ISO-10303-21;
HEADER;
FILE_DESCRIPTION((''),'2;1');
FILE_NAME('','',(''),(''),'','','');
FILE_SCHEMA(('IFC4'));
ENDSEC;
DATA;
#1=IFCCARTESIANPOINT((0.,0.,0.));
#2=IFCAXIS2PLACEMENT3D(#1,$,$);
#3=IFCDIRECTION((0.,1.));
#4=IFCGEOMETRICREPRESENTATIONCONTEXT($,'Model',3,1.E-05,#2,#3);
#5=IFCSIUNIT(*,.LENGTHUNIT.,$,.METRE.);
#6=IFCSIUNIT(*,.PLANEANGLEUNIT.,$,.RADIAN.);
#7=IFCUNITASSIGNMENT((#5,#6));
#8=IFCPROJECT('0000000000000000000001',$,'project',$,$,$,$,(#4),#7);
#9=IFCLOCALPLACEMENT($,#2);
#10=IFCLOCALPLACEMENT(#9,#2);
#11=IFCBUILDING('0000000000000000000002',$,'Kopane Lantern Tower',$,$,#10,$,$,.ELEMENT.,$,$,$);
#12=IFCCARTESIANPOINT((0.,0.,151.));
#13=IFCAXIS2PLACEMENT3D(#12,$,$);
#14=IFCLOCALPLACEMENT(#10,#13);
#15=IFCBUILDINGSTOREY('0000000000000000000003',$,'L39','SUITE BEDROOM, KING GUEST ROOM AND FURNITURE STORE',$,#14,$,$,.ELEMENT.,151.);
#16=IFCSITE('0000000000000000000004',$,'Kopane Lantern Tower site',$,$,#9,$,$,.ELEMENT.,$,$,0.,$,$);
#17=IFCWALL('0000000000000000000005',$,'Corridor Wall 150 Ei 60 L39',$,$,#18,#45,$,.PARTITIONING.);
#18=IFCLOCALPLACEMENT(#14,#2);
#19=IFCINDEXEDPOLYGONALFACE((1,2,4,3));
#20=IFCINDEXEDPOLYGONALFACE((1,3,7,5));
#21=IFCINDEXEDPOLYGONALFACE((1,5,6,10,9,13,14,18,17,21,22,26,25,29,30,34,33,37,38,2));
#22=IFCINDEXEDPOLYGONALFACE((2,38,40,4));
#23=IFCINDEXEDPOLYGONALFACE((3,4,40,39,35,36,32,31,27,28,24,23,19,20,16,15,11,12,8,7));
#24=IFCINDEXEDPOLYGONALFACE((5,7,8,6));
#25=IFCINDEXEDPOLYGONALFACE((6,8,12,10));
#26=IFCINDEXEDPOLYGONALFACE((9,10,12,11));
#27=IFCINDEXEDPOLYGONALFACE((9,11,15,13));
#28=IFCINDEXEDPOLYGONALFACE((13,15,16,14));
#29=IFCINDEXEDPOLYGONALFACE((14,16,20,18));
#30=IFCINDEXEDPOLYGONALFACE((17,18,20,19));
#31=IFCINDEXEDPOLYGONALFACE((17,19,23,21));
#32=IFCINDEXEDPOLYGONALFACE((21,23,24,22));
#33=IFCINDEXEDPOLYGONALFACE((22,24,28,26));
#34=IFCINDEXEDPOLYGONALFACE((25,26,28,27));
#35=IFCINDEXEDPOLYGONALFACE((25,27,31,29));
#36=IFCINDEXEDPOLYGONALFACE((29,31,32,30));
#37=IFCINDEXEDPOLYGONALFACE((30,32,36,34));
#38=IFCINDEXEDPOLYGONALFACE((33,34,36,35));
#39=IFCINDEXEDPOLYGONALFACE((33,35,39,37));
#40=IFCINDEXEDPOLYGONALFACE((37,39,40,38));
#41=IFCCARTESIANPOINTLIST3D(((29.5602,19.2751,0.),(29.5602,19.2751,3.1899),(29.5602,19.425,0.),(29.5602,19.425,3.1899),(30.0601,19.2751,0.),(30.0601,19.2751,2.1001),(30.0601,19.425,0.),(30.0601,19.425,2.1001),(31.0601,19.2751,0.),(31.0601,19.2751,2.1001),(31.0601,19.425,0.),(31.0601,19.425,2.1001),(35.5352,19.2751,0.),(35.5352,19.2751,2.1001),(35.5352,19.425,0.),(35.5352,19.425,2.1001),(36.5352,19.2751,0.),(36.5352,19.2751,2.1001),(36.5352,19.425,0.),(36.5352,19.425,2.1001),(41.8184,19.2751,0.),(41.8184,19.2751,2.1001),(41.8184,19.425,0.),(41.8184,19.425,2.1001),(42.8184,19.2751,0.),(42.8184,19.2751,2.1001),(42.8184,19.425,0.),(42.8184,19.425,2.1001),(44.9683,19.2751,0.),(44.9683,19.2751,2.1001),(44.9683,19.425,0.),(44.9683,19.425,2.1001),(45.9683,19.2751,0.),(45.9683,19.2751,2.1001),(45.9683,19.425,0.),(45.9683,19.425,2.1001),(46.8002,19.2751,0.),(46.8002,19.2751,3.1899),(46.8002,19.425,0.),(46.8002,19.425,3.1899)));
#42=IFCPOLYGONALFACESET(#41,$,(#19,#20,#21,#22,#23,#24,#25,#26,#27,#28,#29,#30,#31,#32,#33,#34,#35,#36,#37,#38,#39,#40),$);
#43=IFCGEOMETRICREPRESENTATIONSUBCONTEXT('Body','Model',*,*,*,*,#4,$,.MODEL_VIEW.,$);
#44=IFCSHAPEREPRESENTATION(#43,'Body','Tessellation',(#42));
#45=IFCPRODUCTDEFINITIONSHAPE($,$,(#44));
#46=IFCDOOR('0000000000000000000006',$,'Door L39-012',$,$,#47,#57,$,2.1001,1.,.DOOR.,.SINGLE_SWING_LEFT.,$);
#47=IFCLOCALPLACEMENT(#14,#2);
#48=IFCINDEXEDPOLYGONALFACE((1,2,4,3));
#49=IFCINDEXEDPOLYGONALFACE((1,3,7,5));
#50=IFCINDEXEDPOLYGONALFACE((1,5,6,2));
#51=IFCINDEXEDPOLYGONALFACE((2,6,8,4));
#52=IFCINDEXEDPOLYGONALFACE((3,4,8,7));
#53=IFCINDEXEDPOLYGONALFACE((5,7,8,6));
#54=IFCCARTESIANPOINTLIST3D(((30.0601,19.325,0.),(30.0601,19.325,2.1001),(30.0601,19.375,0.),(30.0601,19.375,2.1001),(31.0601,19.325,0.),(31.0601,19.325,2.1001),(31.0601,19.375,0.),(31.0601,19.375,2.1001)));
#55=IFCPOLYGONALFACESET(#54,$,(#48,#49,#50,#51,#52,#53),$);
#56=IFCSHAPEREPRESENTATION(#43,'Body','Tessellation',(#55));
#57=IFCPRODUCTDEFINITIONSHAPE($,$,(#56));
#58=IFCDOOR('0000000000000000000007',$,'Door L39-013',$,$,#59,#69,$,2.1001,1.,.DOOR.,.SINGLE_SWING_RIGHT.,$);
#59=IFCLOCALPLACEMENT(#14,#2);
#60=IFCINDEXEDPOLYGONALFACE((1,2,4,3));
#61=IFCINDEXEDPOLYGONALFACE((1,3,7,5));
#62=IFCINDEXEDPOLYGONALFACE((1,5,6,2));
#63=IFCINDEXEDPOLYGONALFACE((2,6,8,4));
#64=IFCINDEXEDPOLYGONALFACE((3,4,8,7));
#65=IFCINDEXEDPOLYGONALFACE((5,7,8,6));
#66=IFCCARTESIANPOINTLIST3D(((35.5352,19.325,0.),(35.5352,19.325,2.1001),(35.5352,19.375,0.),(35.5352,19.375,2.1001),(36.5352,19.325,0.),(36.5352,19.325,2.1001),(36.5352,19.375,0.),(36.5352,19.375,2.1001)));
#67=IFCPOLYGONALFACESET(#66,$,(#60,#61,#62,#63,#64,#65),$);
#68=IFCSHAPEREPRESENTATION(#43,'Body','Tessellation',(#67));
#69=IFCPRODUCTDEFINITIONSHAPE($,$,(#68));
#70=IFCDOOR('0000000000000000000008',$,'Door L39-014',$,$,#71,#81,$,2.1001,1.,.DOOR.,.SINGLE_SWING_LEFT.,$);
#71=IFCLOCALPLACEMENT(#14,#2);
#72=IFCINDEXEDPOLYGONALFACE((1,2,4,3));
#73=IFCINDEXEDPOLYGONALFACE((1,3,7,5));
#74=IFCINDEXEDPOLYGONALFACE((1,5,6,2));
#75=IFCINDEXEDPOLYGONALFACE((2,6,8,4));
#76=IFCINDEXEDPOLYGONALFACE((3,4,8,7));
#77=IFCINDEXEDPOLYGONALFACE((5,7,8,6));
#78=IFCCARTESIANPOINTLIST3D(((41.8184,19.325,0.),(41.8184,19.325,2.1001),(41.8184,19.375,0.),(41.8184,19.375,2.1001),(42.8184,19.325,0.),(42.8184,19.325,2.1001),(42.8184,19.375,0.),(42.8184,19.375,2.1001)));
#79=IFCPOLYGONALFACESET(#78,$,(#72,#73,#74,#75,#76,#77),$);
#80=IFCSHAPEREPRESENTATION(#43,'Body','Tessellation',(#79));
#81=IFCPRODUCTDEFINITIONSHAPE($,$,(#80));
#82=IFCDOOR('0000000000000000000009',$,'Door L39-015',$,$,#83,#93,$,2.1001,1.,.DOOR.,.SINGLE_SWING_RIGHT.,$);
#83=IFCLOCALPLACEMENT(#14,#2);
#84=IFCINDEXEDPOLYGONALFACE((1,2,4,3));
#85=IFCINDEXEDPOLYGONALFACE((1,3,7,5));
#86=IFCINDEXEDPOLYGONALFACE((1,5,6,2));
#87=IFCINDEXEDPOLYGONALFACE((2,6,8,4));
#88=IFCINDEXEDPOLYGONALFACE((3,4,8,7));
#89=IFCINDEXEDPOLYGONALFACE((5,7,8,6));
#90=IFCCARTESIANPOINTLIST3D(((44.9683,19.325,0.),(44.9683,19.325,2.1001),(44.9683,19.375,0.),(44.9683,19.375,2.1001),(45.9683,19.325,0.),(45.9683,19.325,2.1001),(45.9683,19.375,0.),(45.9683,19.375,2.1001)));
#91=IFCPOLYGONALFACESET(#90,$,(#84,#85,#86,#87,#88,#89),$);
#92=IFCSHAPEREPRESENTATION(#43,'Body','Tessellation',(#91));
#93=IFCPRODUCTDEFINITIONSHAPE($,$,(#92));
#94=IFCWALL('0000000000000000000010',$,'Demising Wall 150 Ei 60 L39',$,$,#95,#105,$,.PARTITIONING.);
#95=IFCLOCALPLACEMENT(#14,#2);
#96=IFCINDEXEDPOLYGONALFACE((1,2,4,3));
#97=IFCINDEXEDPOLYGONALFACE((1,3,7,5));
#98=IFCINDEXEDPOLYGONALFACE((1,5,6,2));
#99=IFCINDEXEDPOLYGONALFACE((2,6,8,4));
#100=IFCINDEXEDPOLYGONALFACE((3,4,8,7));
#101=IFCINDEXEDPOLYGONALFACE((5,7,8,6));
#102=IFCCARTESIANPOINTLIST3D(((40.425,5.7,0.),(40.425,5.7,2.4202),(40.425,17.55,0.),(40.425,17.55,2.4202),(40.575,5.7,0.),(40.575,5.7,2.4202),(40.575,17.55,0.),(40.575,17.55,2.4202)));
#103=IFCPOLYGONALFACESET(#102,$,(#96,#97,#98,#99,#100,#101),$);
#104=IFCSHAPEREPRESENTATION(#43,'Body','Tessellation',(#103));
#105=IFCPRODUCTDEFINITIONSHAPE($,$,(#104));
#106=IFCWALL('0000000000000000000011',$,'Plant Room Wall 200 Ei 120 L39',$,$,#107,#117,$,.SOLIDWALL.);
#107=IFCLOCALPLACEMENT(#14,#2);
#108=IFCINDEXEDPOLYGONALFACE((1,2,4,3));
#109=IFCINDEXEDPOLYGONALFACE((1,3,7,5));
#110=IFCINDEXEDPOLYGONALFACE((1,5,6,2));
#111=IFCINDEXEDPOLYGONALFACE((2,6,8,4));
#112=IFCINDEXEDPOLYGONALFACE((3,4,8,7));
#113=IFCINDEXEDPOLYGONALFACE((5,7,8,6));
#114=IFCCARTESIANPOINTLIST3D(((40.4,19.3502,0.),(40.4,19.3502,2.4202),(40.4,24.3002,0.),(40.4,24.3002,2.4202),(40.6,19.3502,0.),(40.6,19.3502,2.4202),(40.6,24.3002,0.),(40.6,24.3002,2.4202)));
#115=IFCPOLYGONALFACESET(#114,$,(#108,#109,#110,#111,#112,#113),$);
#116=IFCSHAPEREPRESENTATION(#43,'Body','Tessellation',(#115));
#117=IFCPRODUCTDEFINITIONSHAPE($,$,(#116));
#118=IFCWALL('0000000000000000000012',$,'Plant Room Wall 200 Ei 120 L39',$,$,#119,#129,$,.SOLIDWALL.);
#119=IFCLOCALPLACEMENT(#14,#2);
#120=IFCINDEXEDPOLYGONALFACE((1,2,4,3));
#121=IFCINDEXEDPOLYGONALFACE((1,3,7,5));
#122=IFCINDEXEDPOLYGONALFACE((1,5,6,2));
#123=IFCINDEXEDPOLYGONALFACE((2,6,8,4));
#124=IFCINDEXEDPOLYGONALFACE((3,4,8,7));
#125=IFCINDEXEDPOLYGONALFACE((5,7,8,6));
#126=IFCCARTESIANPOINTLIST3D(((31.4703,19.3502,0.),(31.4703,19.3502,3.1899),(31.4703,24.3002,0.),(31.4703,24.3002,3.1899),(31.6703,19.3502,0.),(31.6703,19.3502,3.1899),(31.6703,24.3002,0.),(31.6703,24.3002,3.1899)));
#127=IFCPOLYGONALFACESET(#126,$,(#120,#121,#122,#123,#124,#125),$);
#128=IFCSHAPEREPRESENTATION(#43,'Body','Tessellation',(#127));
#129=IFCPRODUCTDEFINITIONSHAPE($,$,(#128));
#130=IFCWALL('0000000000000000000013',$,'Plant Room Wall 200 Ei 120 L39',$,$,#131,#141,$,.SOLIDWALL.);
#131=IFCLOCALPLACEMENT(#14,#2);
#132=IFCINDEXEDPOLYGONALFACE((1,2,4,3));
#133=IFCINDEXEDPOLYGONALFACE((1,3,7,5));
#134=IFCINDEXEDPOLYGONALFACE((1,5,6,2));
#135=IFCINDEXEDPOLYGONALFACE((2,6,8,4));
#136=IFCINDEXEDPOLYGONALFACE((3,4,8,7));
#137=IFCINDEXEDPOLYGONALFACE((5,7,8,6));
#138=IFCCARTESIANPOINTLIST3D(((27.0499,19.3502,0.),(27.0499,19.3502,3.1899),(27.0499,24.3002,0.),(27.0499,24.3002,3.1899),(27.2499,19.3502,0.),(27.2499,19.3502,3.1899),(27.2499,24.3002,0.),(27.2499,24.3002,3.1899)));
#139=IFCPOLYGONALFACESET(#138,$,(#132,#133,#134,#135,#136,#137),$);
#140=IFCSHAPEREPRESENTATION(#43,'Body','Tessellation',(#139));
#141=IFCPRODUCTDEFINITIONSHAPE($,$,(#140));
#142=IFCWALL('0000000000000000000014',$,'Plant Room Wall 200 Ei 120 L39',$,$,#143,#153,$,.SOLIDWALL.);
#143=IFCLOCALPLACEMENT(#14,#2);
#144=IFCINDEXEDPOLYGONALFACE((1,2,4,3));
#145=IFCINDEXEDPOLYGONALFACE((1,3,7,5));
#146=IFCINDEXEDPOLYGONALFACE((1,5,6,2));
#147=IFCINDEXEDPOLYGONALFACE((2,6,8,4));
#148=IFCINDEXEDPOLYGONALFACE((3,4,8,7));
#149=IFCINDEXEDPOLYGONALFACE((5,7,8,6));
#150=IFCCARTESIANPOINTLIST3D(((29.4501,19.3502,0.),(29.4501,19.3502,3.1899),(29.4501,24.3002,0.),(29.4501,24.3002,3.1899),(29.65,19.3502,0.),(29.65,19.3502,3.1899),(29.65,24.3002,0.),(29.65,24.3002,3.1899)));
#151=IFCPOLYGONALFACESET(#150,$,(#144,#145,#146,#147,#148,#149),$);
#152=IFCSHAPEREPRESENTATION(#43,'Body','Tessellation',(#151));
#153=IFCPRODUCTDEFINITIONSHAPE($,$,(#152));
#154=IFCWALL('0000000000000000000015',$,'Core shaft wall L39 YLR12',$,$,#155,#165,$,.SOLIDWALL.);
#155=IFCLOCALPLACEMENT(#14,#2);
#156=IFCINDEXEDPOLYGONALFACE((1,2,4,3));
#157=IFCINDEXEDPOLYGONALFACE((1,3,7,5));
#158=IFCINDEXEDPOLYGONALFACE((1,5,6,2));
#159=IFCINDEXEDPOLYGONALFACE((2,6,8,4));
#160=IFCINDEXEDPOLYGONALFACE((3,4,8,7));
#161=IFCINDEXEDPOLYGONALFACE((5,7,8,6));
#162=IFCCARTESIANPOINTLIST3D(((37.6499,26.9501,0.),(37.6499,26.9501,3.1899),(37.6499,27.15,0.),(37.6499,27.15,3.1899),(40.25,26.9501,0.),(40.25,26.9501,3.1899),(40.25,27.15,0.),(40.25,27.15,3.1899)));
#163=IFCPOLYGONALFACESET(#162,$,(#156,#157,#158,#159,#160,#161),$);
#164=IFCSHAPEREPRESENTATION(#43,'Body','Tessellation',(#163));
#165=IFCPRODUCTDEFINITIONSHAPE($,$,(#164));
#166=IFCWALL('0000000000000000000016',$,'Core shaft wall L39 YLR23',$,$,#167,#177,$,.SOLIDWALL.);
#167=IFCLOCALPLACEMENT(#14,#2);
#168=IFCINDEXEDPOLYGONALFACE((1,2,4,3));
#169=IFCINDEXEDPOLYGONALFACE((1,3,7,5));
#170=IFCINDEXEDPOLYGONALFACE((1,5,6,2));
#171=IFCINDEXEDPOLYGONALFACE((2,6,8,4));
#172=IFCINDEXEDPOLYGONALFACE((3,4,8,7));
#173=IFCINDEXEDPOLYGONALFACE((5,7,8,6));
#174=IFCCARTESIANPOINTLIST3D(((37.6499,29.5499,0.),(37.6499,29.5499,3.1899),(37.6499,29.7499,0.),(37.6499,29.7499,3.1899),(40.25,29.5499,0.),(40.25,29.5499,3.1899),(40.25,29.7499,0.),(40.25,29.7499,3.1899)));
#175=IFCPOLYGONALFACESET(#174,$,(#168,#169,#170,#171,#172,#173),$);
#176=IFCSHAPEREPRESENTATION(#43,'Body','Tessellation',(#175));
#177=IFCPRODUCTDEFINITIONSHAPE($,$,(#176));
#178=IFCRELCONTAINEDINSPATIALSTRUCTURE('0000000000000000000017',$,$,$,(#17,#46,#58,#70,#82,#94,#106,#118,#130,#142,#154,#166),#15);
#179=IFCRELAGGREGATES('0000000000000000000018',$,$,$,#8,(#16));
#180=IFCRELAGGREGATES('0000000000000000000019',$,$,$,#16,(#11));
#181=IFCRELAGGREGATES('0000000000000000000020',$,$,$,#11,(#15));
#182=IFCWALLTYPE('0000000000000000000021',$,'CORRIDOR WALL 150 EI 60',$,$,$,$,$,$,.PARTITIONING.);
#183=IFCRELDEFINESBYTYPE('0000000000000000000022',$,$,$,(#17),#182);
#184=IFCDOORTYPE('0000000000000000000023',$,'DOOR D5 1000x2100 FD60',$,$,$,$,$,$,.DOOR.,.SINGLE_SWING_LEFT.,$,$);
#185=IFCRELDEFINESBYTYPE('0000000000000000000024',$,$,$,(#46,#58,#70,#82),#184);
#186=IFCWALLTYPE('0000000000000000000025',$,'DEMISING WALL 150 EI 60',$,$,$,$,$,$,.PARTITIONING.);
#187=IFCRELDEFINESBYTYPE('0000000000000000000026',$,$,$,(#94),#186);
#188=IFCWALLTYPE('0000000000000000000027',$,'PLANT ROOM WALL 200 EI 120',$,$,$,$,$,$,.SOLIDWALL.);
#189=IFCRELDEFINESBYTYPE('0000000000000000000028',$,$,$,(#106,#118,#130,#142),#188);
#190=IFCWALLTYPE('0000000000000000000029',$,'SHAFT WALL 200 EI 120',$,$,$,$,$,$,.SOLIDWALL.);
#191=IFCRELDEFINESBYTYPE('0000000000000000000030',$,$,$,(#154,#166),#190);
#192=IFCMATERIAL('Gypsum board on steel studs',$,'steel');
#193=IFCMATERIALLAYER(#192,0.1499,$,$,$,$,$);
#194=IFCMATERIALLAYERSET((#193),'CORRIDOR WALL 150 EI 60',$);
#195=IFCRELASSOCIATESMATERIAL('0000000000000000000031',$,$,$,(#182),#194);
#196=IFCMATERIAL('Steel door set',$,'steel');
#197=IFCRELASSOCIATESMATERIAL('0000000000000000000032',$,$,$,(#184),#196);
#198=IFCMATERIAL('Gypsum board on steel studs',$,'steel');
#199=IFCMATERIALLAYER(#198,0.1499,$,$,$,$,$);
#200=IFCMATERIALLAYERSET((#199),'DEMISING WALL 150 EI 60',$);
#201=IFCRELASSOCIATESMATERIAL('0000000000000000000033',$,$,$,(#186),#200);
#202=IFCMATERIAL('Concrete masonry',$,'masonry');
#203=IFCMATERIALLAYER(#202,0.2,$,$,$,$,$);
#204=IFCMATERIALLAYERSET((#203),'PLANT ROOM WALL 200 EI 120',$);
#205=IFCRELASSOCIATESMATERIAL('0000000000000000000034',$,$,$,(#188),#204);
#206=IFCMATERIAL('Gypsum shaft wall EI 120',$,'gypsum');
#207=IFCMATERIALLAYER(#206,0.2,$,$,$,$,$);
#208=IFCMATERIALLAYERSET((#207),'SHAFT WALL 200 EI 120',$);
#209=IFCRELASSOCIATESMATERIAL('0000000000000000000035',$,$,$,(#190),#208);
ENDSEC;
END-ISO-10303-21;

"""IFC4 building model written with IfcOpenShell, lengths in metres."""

from ifc_helpers import new_model, si_unit, direction, frame, frame_2d, origin, place, context, subcontext, project, spatial, rectangle, extrude, material, layer, layer_set, type_object, element, fill, save


model = new_model("IFC4")

# Units and contexts
model_context = context("Model", 3, precision=1e-05, world=origin(), true_north=direction((0.0, 1.0)))
body_context = subcontext(model_context, "Body", "Model", "MODEL_VIEW")
ifc_project = project(units=[si_unit("LENGTHUNIT", "METRE"), si_unit("PLANEANGLEUNIT", "RADIAN")], contexts=[model_context])

# Site, building, storey
site_placement = place(None, origin())
site = spatial("IfcSite", under=ifc_project, at=site_placement, Name="Kopane Lantern Tower site", CompositionType="ELEMENT", RefElevation=0.0)
building_placement = place(site_placement, origin())
building = spatial("IfcBuilding", under=site, at=building_placement, Name="Kopane Lantern Tower", CompositionType="ELEMENT")
storey_placement = place(building_placement, frame((0.0, 0.0, 151.0)))
storey = spatial("IfcBuildingStorey", under=building, at=storey_placement, Name="L39", Description="SUITE BEDROOM, KING GUEST ROOM AND FURNITURE STORE", CompositionType="ELEMENT", Elevation=151.0)

# Wall, openings, doors
ifc_material_1 = material(Name="Gypsum board on steel studs", Category="steel")
ifc_layer_1 = layer(ifc_material_1, 0.1499)
ifc_layer_set_1 = layer_set([ifc_layer_1], Name="CORRIDOR WALL 150 EI 60")
wall_type_1 = type_object("IfcWallType", Name="CORRIDOR WALL 150 EI 60", PredefinedType="PARTITIONING", material=ifc_layer_set_1)
wall_1_placement = place(storey_placement, frame((29.5601, 19.3501, 0.0), z_axis=(0.0, 0.0, 1.0), x_axis=(1.0, 0.0, 0.0)))
wall_1 = element("IfcWall", 1, at=wall_1_placement, inside=storey, type_object=wall_type_1, Name="Corridor Wall 150 Ei 60 L39", PredefinedType="PARTITIONING", context=body_context, shape_type="SweptSolid", body=[
    extrude(rectangle(XDim=17.24, YDim=0.1499, at=frame_2d((8.6201, 0.0))), origin(), (0.0, 0.0, 1.0), 3.1899),
])
opening_1_placement = place(wall_1_placement, frame((0.5, 0.0, 0.0)))
opening_1 = element("IfcOpeningElement", 2, at=opening_1_placement, cuts=wall_1, PredefinedType="OPENING", context=body_context, shape_type="SweptSolid", body=[
    extrude(rectangle(XDim=1.0, YDim=2.1001, at=frame_2d((0.5, 1.05))), frame((0.0, 0.085, 0.0), z_axis=(0.0, -1.0, 0.0), x_axis=(1.0, 0.0, 0.0)), (0.0, 0.0, 1.0), 0.1699),
])
opening_2_placement = place(wall_1_placement, frame((5.9751, 0.0, 0.0)))
opening_2 = element("IfcOpeningElement", 3, at=opening_2_placement, cuts=wall_1, PredefinedType="OPENING", context=body_context, shape_type="SweptSolid", body=[
    extrude(rectangle(XDim=1.0, YDim=2.1001, at=frame_2d((0.5, 1.05))), frame((0.0, 0.085, 0.0), z_axis=(0.0, -1.0, 0.0), x_axis=(1.0, 0.0, 0.0)), (0.0, 0.0, 1.0), 0.1699),
])
opening_3_placement = place(wall_1_placement, frame((12.2583, 0.0, 0.0)))
opening_3 = element("IfcOpeningElement", 4, at=opening_3_placement, cuts=wall_1, PredefinedType="OPENING", context=body_context, shape_type="SweptSolid", body=[
    extrude(rectangle(XDim=1.0, YDim=2.1001, at=frame_2d((0.5, 1.05))), frame((0.0, 0.085, 0.0), z_axis=(0.0, -1.0, 0.0), x_axis=(1.0, 0.0, 0.0)), (0.0, 0.0, 1.0), 0.1699),
])
opening_4_placement = place(wall_1_placement, frame((15.4082, 0.0, 0.0)))
opening_4 = element("IfcOpeningElement", 5, at=opening_4_placement, cuts=wall_1, PredefinedType="OPENING", context=body_context, shape_type="SweptSolid", body=[
    extrude(rectangle(XDim=1.0, YDim=2.1001, at=frame_2d((0.5, 1.05))), frame((0.0, 0.085, 0.0), z_axis=(0.0, -1.0, 0.0), x_axis=(1.0, 0.0, 0.0)), (0.0, 0.0, 1.0), 0.1699),
])
ifc_material_2 = material(Name="Steel door set", Category="steel")
door_type_1 = type_object("IfcDoorType", Name="DOOR D5 1000x2100 FD60", OperationType="SINGLE_SWING_LEFT", PredefinedType="DOOR", material=ifc_material_2)
door_1_placement = place(opening_1_placement, origin())
door_1 = element("IfcDoor", 6, at=door_1_placement, inside=storey, type_object=door_type_1, Name="Door L39-012", OperationType="SINGLE_SWING_LEFT", OverallHeight=2.1001, OverallWidth=1.0, PredefinedType="DOOR", context=body_context, shape_type="SweptSolid", body=[
    extrude(rectangle(XDim=1.0, YDim=2.1001, at=frame_2d((0.5, 1.05))), frame((0.0, 0.0249, 0.0), z_axis=(0.0, -1.0, 0.0), x_axis=(1.0, 0.0, 0.0)), (0.0, 0.0, 1.0), 0.05),
])
fill(opening_1, door_1)
door_2_placement = place(opening_2_placement, origin())
door_2 = element("IfcDoor", 7, at=door_2_placement, inside=storey, type_object=door_type_1, Name="Door L39-013", OperationType="SINGLE_SWING_RIGHT", OverallHeight=2.1001, OverallWidth=1.0, PredefinedType="DOOR", context=body_context, shape_type="SweptSolid", body=[
    extrude(rectangle(XDim=1.0, YDim=2.1001, at=frame_2d((0.5, 1.05))), frame((0.0, 0.0249, 0.0), z_axis=(0.0, -1.0, 0.0), x_axis=(1.0, 0.0, 0.0)), (0.0, 0.0, 1.0), 0.05),
])
fill(opening_2, door_2)
door_3_placement = place(opening_3_placement, origin())
door_3 = element("IfcDoor", 8, at=door_3_placement, inside=storey, type_object=door_type_1, Name="Door L39-014", OperationType="SINGLE_SWING_LEFT", OverallHeight=2.1001, OverallWidth=1.0, PredefinedType="DOOR", context=body_context, shape_type="SweptSolid", body=[
    extrude(rectangle(XDim=1.0, YDim=2.1001, at=frame_2d((0.5, 1.05))), frame((0.0, 0.0249, 0.0), z_axis=(0.0, -1.0, 0.0), x_axis=(1.0, 0.0, 0.0)), (0.0, 0.0, 1.0), 0.05),
])
fill(opening_3, door_3)
door_4_placement = place(opening_4_placement, origin())
door_4 = element("IfcDoor", 9, at=door_4_placement, inside=storey, type_object=door_type_1, Name="Door L39-015", OperationType="SINGLE_SWING_RIGHT", OverallHeight=2.1001, OverallWidth=1.0, PredefinedType="DOOR", context=body_context, shape_type="SweptSolid", body=[
    extrude(rectangle(XDim=1.0, YDim=2.1001, at=frame_2d((0.5, 1.05))), frame((0.0, 0.0249, 0.0), z_axis=(0.0, -1.0, 0.0), x_axis=(1.0, 0.0, 0.0)), (0.0, 0.0, 1.0), 0.05),
])
fill(opening_4, door_4)

# Walls
ifc_material_3 = material(Name="Gypsum board on steel studs", Category="steel")
ifc_layer_2 = layer(ifc_material_3, 0.1499)
ifc_layer_set_2 = layer_set([ifc_layer_2], Name="DEMISING WALL 150 EI 60")
wall_type_2 = type_object("IfcWallType", Name="DEMISING WALL 150 EI 60", PredefinedType="PARTITIONING", material=ifc_layer_set_2)
wall_2_placement = place(storey_placement, frame((40.5, 17.55, 0.0), z_axis=(0.0, 0.0, 1.0), x_axis=(0.0, -1.0, 0.0)))
element("IfcWall", 10, at=wall_2_placement, inside=storey, type_object=wall_type_2, Name="Demising Wall 150 Ei 60 L39", PredefinedType="PARTITIONING", context=body_context, shape_type="SweptSolid", body=[
    extrude(rectangle(XDim=11.8501, YDim=0.1499, at=frame_2d((5.925, 0.0))), origin(), (0.0, 0.0, 1.0), 2.4202),
])
ifc_material_4 = material(Name="Concrete masonry", Category="masonry")
ifc_layer_3 = layer(ifc_material_4, 0.2)
ifc_layer_set_3 = layer_set([ifc_layer_3], Name="PLANT ROOM WALL 200 EI 120")
wall_type_3 = type_object("IfcWallType", Name="PLANT ROOM WALL 200 EI 120", PredefinedType="SOLIDWALL", material=ifc_layer_set_3)
wall_3_placement = place(storey_placement, frame((40.5, 19.3501, 0.0), z_axis=(0.0, 0.0, 1.0), x_axis=(0.0, 1.0, 0.0)))
element("IfcWall", 11, at=wall_3_placement, inside=storey, type_object=wall_type_3, Name="Plant Room Wall 200 Ei 120 L39", PredefinedType="SOLIDWALL", context=body_context, shape_type="SweptSolid", body=[
    extrude(rectangle(XDim=4.95, YDim=0.2, at=frame_2d((2.4751, 0.0))), origin(), (0.0, 0.0, 1.0), 2.4202),
])
for number, where, z_axis, x_axis, name in (
    (12, (31.5703, 19.3501, 0.0), (0.0, 0.0, 1.0), (0.0, 1.0, 0.0), "Plant Room Wall 200 Ei 120 L39"),
    (13, (27.1499, 19.3501, 0.0), (0.0, 0.0, 1.0), (0.0, 1.0, 0.0), "Plant Room Wall 200 Ei 120 L39"),
    (14, (29.55, 19.3501, 0.0), (0.0, 0.0, 1.0), (0.0, 1.0, 0.0), "Plant Room Wall 200 Ei 120 L39"),
):
    element("IfcWall", number, at=place(storey_placement, frame(where, z_axis=z_axis, x_axis=x_axis)), inside=storey, type_object=wall_type_3, Name=name, PredefinedType="SOLIDWALL", context=body_context, shape_type="SweptSolid", body=[
        extrude(rectangle(XDim=4.95, YDim=0.2, at=frame_2d((2.4751, 0.0))), origin(), (0.0, 0.0, 1.0), 3.1899),
    ])
ifc_material_5 = material(Name="Gypsum shaft wall EI 120", Category="gypsum")
ifc_layer_4 = layer(ifc_material_5, 0.2)
ifc_layer_set_4 = layer_set([ifc_layer_4], Name="SHAFT WALL 200 EI 120")
wall_type_4 = type_object("IfcWallType", Name="SHAFT WALL 200 EI 120", PredefinedType="SOLIDWALL", material=ifc_layer_set_4)
for number, where, z_axis, x_axis, name in (
    (15, (37.6499, 27.05, 0.0), (0.0, 0.0, 1.0), (1.0, 0.0, 0.0), "Core shaft wall L39 YLR12"),
    (16, (37.6499, 29.6499, 0.0), (0.0, 0.0, 1.0), (1.0, 0.0, 0.0), "Core shaft wall L39 YLR23"),
):
    element("IfcWall", number, at=place(storey_placement, frame(where, z_axis=z_axis, x_axis=x_axis)), inside=storey, type_object=wall_type_4, Name=name, PredefinedType="SOLIDWALL", context=body_context, shape_type="SweptSolid", body=[
        extrude(rectangle(XDim=2.6001, YDim=0.2, at=frame_2d((1.3, 0.0))), origin(), (0.0, 0.0, 1.0), 3.1899),
    ])

save(model, "model.ifc")
